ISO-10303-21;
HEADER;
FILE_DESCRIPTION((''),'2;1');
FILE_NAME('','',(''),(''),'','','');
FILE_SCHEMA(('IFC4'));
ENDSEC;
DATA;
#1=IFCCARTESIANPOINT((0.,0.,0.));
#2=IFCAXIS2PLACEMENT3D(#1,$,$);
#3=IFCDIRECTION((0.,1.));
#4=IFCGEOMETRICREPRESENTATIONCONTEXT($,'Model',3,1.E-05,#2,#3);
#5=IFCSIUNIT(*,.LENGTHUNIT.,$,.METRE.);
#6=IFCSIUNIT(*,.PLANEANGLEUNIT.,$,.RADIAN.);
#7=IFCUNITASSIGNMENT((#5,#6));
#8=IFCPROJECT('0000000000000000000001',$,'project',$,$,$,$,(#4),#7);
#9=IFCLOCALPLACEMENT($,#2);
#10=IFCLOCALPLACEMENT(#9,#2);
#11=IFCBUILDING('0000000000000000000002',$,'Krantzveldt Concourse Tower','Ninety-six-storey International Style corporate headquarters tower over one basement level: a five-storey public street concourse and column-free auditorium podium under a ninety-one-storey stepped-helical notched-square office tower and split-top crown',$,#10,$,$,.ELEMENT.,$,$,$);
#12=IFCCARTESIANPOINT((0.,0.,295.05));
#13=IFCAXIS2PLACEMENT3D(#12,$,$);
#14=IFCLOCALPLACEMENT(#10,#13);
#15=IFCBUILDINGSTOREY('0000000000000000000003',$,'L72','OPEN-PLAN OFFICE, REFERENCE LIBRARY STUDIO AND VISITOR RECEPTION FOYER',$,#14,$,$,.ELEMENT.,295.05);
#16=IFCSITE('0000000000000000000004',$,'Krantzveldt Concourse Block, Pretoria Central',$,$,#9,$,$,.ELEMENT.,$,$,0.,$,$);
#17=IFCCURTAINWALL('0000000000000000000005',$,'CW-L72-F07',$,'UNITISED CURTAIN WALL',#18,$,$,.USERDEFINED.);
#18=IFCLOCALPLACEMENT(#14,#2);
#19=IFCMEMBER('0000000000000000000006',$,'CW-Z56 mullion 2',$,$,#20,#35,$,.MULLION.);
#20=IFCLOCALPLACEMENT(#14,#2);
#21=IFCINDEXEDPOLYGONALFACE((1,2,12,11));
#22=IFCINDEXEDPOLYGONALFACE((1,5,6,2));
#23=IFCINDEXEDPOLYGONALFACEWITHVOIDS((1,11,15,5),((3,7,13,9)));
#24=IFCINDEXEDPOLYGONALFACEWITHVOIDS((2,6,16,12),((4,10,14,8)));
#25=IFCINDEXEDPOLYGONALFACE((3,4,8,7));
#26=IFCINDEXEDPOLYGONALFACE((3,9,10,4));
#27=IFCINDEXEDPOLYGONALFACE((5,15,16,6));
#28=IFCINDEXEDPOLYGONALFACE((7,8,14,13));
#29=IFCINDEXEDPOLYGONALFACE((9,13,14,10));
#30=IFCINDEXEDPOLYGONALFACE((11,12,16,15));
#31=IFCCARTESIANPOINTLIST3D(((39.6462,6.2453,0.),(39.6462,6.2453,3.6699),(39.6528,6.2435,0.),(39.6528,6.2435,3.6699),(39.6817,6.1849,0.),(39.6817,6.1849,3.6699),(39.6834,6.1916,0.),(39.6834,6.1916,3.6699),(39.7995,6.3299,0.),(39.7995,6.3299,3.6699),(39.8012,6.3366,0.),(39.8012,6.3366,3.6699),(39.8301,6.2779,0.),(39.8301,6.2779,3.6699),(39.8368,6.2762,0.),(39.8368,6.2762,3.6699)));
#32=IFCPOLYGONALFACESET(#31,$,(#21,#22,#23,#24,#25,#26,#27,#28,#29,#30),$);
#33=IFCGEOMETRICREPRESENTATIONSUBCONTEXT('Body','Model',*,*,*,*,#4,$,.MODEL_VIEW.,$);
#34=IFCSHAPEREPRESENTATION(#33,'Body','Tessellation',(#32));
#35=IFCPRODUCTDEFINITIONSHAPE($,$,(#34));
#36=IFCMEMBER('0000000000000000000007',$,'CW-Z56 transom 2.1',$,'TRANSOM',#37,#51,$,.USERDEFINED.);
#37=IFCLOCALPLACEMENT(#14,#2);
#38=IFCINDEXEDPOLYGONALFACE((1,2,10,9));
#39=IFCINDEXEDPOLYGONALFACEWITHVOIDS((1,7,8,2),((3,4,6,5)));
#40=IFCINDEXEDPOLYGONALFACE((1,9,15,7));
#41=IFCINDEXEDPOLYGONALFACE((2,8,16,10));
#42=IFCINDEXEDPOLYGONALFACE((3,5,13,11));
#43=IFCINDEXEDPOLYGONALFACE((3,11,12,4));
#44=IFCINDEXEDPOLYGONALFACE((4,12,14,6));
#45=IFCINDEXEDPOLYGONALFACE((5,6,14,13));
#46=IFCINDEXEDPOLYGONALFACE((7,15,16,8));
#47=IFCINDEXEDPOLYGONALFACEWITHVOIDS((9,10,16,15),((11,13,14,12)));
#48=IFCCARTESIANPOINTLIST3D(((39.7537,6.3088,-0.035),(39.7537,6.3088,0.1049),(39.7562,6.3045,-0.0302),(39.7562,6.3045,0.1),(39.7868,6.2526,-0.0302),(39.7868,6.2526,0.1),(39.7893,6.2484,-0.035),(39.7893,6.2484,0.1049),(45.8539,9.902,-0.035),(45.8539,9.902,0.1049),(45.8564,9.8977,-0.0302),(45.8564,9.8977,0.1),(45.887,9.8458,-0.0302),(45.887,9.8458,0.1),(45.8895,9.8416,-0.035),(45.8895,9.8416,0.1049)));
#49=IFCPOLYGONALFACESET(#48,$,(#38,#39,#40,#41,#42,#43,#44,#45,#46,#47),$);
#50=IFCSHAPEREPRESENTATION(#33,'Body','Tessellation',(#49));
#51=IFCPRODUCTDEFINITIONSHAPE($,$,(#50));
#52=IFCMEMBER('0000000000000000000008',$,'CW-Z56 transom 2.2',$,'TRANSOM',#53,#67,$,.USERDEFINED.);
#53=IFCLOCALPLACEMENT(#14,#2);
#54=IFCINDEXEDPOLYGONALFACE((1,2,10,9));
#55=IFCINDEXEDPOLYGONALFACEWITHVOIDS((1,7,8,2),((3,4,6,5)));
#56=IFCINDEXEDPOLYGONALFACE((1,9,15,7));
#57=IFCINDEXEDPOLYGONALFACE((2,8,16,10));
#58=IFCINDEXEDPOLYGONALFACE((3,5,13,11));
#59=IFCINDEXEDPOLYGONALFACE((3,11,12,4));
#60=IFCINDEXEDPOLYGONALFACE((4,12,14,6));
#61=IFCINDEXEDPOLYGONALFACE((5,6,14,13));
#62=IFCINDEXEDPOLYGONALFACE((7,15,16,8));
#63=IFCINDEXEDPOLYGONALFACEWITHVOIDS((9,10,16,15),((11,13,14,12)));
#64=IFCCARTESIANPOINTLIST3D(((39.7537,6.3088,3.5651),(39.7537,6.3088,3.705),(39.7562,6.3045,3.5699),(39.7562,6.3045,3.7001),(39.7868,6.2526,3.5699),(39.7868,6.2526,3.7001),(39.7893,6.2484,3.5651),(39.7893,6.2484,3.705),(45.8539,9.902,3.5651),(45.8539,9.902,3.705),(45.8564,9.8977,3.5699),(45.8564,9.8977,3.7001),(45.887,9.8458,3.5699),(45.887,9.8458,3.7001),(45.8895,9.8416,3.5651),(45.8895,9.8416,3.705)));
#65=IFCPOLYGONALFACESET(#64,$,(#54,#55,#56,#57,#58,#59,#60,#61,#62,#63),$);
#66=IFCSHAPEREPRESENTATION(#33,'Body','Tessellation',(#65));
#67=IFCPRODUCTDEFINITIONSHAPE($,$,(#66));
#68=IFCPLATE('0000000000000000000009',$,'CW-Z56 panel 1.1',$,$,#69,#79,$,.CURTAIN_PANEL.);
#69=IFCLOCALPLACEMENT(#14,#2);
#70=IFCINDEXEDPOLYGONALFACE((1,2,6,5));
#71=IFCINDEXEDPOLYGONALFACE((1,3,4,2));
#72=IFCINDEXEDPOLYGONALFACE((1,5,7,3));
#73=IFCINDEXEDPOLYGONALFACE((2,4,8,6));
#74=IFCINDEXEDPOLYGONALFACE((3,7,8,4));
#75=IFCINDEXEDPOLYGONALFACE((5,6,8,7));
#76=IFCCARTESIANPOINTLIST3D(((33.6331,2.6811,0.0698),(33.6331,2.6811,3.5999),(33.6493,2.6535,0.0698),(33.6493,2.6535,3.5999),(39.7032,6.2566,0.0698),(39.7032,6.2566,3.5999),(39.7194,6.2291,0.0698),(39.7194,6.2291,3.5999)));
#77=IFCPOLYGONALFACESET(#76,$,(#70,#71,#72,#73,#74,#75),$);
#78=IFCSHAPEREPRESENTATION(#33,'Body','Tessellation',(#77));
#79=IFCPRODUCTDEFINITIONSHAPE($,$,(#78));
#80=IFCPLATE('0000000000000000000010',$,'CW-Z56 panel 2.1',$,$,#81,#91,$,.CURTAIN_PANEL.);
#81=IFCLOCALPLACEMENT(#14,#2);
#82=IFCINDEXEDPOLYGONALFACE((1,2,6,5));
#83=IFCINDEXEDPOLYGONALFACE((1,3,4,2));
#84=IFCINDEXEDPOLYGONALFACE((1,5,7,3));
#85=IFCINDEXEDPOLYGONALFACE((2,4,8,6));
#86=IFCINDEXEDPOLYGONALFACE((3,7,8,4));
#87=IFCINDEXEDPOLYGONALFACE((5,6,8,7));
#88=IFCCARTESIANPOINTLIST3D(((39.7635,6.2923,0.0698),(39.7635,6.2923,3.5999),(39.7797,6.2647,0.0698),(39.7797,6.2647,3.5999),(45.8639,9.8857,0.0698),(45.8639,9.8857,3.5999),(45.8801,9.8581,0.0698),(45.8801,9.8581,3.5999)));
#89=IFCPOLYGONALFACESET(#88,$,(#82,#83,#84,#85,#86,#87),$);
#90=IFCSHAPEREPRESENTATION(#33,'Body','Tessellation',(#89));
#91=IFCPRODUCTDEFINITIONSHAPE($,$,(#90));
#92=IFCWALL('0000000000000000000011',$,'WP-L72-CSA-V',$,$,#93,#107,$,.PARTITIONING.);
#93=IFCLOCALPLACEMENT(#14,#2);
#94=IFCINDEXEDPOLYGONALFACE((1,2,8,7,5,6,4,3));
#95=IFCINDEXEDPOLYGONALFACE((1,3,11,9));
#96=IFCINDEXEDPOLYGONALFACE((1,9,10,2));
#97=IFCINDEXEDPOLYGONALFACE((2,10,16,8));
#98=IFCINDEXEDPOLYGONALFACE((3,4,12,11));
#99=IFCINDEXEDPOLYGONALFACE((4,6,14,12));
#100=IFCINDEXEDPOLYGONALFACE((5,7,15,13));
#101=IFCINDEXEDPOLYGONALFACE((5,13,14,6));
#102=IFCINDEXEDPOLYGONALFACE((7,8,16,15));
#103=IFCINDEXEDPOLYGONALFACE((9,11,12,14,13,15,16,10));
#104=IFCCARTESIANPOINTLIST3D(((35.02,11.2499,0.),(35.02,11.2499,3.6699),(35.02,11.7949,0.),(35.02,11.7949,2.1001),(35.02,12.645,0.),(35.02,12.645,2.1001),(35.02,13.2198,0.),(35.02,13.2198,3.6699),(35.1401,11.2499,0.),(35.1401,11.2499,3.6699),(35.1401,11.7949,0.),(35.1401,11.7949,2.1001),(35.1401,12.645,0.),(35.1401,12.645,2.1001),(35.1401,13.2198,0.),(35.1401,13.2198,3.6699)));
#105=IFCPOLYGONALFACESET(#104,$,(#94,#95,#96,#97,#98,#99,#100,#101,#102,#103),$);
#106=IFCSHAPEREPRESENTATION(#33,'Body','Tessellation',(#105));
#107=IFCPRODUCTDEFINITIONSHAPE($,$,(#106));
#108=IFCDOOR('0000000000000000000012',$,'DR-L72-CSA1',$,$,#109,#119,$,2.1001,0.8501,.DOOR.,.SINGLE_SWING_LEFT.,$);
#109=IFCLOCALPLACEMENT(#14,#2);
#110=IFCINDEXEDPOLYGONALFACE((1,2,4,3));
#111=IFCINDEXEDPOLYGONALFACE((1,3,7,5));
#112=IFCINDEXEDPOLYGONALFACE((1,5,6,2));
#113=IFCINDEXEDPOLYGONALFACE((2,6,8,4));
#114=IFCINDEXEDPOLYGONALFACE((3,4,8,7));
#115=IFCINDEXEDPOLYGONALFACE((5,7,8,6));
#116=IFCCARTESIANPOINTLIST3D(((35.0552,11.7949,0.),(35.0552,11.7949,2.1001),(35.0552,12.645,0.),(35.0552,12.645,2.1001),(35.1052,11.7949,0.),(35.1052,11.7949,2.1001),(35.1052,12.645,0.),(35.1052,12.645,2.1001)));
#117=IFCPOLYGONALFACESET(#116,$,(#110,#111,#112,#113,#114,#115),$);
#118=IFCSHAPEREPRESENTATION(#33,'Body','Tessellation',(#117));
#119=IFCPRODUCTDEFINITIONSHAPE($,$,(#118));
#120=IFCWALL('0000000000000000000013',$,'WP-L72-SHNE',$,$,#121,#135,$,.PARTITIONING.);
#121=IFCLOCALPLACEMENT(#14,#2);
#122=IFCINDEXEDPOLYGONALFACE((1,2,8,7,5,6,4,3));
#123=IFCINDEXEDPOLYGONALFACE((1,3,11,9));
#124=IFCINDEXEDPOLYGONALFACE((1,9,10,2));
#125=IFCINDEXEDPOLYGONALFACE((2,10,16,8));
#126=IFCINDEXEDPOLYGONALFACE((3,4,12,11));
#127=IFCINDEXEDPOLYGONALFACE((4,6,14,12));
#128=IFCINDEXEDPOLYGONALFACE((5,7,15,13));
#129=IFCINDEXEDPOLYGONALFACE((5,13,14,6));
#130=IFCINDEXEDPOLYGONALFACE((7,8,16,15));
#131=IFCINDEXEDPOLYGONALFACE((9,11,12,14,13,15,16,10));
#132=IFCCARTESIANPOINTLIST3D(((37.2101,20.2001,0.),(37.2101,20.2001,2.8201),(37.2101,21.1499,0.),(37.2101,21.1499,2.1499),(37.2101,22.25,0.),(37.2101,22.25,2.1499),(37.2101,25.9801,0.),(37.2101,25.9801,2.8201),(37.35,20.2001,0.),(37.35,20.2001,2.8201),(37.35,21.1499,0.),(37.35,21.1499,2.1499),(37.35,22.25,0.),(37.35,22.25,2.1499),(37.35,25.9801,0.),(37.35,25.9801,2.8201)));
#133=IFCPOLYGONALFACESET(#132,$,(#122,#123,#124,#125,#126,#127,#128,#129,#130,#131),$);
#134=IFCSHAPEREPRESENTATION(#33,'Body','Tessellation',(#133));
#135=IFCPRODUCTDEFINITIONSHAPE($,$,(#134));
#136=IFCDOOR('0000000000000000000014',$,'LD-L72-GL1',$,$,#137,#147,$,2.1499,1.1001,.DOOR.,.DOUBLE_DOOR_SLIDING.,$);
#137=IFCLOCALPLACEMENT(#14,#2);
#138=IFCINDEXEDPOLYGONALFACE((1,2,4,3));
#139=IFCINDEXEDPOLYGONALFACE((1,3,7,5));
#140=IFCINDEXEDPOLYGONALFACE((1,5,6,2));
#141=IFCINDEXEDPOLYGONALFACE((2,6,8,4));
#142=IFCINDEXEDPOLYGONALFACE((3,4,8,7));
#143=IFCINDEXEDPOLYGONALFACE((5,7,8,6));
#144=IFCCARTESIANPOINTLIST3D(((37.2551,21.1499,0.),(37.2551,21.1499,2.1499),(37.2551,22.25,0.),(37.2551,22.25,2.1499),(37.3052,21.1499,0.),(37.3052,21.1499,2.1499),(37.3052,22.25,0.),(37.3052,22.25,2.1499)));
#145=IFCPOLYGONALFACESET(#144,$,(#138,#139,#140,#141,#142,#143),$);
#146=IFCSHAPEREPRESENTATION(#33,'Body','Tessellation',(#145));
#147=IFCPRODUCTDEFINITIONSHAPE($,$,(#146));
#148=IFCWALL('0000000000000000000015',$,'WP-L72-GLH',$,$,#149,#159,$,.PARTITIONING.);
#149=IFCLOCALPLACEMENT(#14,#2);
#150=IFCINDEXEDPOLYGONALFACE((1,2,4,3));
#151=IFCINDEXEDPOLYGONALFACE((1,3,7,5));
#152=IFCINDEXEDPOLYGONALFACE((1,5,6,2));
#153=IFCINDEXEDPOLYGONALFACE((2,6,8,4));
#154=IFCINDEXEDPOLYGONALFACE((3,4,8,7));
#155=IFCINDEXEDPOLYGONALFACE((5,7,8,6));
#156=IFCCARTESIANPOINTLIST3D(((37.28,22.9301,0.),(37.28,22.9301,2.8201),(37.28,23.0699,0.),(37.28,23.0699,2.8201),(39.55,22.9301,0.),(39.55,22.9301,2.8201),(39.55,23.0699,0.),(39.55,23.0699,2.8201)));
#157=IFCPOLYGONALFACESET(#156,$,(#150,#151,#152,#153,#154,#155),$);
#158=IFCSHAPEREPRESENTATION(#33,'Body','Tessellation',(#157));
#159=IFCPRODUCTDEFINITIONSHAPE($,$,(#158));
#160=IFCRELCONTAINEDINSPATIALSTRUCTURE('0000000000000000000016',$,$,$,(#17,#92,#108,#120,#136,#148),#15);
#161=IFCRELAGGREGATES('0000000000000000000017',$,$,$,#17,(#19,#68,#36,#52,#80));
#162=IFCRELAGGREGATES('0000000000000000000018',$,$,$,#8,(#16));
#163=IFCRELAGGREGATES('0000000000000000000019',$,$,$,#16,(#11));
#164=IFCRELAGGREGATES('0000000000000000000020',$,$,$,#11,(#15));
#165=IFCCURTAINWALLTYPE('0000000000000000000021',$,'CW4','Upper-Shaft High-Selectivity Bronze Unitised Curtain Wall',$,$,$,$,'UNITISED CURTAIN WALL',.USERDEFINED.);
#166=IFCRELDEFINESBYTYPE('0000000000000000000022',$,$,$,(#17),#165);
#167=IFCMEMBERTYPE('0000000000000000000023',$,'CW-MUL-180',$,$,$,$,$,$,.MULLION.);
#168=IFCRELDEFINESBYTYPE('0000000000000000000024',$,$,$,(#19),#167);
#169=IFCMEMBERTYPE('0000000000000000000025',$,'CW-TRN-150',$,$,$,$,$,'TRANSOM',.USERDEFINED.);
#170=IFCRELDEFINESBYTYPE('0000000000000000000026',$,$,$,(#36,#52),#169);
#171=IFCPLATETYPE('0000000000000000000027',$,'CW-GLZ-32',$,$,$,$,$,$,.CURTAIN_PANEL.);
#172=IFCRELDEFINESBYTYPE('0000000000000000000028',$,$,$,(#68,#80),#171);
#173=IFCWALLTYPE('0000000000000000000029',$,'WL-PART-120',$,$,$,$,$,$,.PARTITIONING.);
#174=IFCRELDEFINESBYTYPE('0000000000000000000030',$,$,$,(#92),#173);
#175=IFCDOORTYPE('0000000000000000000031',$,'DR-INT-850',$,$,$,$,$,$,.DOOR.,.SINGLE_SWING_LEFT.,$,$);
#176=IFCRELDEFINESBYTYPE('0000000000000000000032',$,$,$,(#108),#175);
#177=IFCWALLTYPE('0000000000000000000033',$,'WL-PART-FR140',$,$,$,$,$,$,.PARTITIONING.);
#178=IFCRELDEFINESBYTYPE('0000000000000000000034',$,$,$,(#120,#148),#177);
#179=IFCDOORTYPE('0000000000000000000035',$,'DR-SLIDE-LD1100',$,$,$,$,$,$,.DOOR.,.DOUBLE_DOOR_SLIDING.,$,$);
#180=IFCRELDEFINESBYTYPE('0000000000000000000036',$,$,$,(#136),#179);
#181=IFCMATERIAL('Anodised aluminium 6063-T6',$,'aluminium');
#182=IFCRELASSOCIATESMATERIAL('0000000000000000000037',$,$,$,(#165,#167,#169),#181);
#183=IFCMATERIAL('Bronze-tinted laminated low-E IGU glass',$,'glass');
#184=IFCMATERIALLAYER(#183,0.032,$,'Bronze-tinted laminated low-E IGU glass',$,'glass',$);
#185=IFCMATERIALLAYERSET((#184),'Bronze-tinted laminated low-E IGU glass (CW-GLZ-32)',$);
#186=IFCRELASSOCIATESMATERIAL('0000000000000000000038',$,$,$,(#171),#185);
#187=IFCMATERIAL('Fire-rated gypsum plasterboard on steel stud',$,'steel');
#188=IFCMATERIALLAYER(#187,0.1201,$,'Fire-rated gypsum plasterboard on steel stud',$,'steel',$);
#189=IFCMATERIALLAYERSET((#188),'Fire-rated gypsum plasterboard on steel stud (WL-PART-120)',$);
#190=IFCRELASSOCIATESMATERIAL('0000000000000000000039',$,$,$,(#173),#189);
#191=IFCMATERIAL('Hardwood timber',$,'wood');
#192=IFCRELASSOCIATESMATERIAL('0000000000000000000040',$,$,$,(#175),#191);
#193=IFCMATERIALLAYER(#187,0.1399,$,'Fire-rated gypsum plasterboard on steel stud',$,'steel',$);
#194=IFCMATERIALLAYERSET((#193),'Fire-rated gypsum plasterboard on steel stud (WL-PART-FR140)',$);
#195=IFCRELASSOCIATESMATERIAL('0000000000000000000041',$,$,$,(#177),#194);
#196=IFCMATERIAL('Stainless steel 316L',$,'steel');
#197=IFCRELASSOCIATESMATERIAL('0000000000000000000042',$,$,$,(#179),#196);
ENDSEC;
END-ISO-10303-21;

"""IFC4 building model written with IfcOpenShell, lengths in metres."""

from ifc_helpers import new_model, si_unit, direction, frame, frame_2d, origin, origin_2d, place, context, subcontext, project, spatial, rectangle, hollow_rectangle, extrude, source, transform, mapped, material, layer, layer_set, material_profile, profile_set, type_object, type_shapes, element, fill, aggregate, save


model = new_model("IFC4")

# Units and contexts
model_context = context("Model", 3, precision=1e-05, world=origin(), true_north=direction((0.0, 1.0)))
body_context = subcontext(model_context, "Body", "Model", "MODEL_VIEW")
ifc_project = project(units=[si_unit("LENGTHUNIT", "METRE"), si_unit("PLANEANGLEUNIT", "RADIAN")], contexts=[model_context])

# Site, building, storey
site_placement = place(None, origin())
site = spatial("IfcSite", under=ifc_project, at=site_placement, Name="Krantzveldt Concourse Block, Pretoria Central", CompositionType="ELEMENT", RefElevation=0.0)
building_placement = place(site_placement, origin())
building = spatial("IfcBuilding", under=site, at=building_placement, Name="Krantzveldt Concourse Tower", Description="Ninety-six-storey International Style corporate headquarters tower over one basement level: a five-storey public street concourse and column-free auditorium podium under a ninety-one-storey stepped-helical notched-square office tower and split-top crown", CompositionType="ELEMENT")
storey_placement = place(building_placement, frame((0.0, 0.0, 295.05)))
storey = spatial("IfcBuildingStorey", under=building, at=storey_placement, Name="L72", Description="OPEN-PLAN OFFICE, REFERENCE LIBRARY STUDIO AND VISITOR RECEPTION FOYER", CompositionType="ELEMENT", Elevation=295.05)

# Curtain wall, members, plates
ifc_material_1 = material(Name="Anodised aluminium 6063-T6", Category="aluminium")
curtain_wall_type = type_object("IfcCurtainWallType", Name="CW4", Description="Upper-Shaft High-Selectivity Bronze Unitised Curtain Wall", ElementType="UNITISED CURTAIN WALL", PredefinedType="USERDEFINED", material=ifc_material_1)
curtain_wall_placement = place(storey_placement, origin())
curtain_wall = element("IfcCurtainWall", 1, at=curtain_wall_placement, inside=storey, type_object=curtain_wall_type, Name="CW-L72-F07", ObjectType="UNITISED CURTAIN WALL", PredefinedType="USERDEFINED")
ifc_material_profile_1 = material_profile(ifc_material_1, hollow_rectangle(XDim=0.0701, YDim=0.1799, WallThickness=0.0049, at=origin_2d()), Name="Anodised aluminium 6063-T6", Category="aluminium")
ifc_profile_set_1 = profile_set([ifc_material_profile_1], Name="Anodised aluminium 6063-T6 - ALU-MULL 180x70x5")
member_type_1 = type_object("IfcMemberType", Name="CW-MUL-180", PredefinedType="MULLION", material=ifc_profile_set_1)
shared_shape_1 = source(origin(), body_context, "Body", "SweptSolid", [
    extrude(hollow_rectangle(XDim=0.0701, YDim=0.1799, WallThickness=0.0049, at=origin_2d()), origin(), (0.0, 0.0, 1.0), 3.6699),
])
type_shapes(member_type_1, [shared_shape_1])
member_1_placement = place(storey_placement, frame((39.7415, 6.2607, 0.0), z_axis=(0.0, 0.0, 1.0), x_axis=(-0.507538, 0.861629, 0.0)))
member_1 = element("IfcMember", 2, at=member_1_placement, type_object=member_type_1, Name="CW-Z56 mullion 2", PredefinedType="MULLION", context=body_context, shape_type="MappedRepresentation", body=[
    mapped(shared_shape_1, transform((0.0, 0.0, 0.0), x_axis=(1.0, 0.0, 0.0), y_axis=(0.0, 1.0, 0.0), z_axis=(0.0, 0.0, 1.0), scale=1.0)),
])
ifc_material_profile_2 = material_profile(ifc_material_1, hollow_rectangle(XDim=0.0701, YDim=0.1399, WallThickness=0.0049, at=origin_2d()), Name="Anodised aluminium 6063-T6", Category="aluminium")
ifc_profile_set_2 = profile_set([ifc_material_profile_2], Name="Anodised aluminium 6063-T6 - ALU-TRAN 140x70x5")
member_type_2 = type_object("IfcMemberType", Name="CW-TRN-150", ElementType="TRANSOM", PredefinedType="USERDEFINED", material=ifc_profile_set_2)
shared_shape_2 = source(origin(), body_context, "Body", "SweptSolid", [
    extrude(hollow_rectangle(XDim=0.0701, YDim=0.1399, WallThickness=0.0049, at=origin_2d()), origin(), (0.0, 0.0, 1.0), 7.0798),
])
type_shapes(member_type_2, [shared_shape_2])
member_2_placement = place(storey_placement, frame((39.7715, 6.2786, 0.0349), z_axis=(0.861636, 0.507526, 0.0), x_axis=(-0.507526, 0.861636, 0.0)))
member_2 = element("IfcMember", 3, at=member_2_placement, type_object=member_type_2, Name="CW-Z56 transom 2.1", ObjectType="TRANSOM", PredefinedType="USERDEFINED", context=body_context, shape_type="MappedRepresentation", body=[
    mapped(shared_shape_2, transform((0.0, 0.0, 0.0), x_axis=(1.0, 0.0, 0.0), y_axis=(0.0, 1.0, 0.0), z_axis=(0.0, 0.0, 1.0), scale=1.0)),
])
member_3_placement = place(storey_placement, frame((39.7715, 6.2786, 3.635), z_axis=(0.861636, 0.507526, 0.0), x_axis=(-0.507526, 0.861636, 0.0)))
member_3 = element("IfcMember", 4, at=member_3_placement, type_object=member_type_2, Name="CW-Z56 transom 2.2", ObjectType="TRANSOM", PredefinedType="USERDEFINED", context=body_context, shape_type="MappedRepresentation", body=[
    mapped(shared_shape_2, transform((0.0, 0.0, 0.0), x_axis=(1.0, 0.0, 0.0), y_axis=(0.0, 1.0, 0.0), z_axis=(0.0, 0.0, 1.0), scale=1.0)),
])
ifc_material_2 = material(Name="Bronze-tinted laminated low-E IGU glass", Category="glass")
ifc_layer_1 = layer(ifc_material_2, 0.032, Name="Bronze-tinted laminated low-E IGU glass", Category="glass")
ifc_layer_set_1 = layer_set([ifc_layer_1], Name="Bronze-tinted laminated low-E IGU glass (CW-GLZ-32)")
plate_type = type_object("IfcPlateType", Name="CW-GLZ-32", PredefinedType="CURTAIN_PANEL", material=ifc_layer_set_1)
shared_shape_3 = source(origin(), body_context, "Body", "SweptSolid", [
    extrude(rectangle(XDim=7.0449, YDim=0.032, at=origin_2d()), origin(), (0.0, 0.0, 1.0), 3.53),
])
plate_1_placement = place(storey_placement, frame((36.6763, 4.4551, 0.0698), z_axis=(0.0, 0.0, 1.0), x_axis=(0.861629, 0.507538, 0.0)))
plate_1 = element("IfcPlate", 5, at=plate_1_placement, type_object=plate_type, Name="CW-Z56 panel 1.1", PredefinedType="CURTAIN_PANEL", context=body_context, shape_type="MappedRepresentation", body=[
    mapped(shared_shape_3, transform((0.0, 0.0, 0.0), x_axis=(1.0, 0.0, 0.0), y_axis=(0.0, 1.0, 0.0), z_axis=(0.0, 0.0, 1.0), scale=1.0)),
])
shared_shape_4 = source(origin(), body_context, "Body", "SweptSolid", [
    extrude(rectangle(XDim=7.0801, YDim=0.032, at=origin_2d()), origin(), (0.0, 0.0, 1.0), 3.53),
])
type_shapes(plate_type, [shared_shape_3, shared_shape_4])
plate_2_placement = place(storey_placement, frame((42.8218, 8.0752, 0.0698), z_axis=(0.0, 0.0, 1.0), x_axis=(0.861629, 0.507538, 0.0)))
plate_2 = element("IfcPlate", 6, at=plate_2_placement, type_object=plate_type, Name="CW-Z56 panel 2.1", PredefinedType="CURTAIN_PANEL", context=body_context, shape_type="MappedRepresentation", body=[
    mapped(shared_shape_4, transform((0.0, 0.0, 0.0), x_axis=(1.0, 0.0, 0.0), y_axis=(0.0, 1.0, 0.0), z_axis=(0.0, 0.0, 1.0), scale=1.0)),
])
aggregate(curtain_wall, [member_1, plate_1, member_2, member_3, plate_2])

# Walls, openings, doors
ifc_material_3 = material(Name="Fire-rated gypsum plasterboard on steel stud", Category="steel")
ifc_layer_2 = layer(ifc_material_3, 0.1201, Name="Fire-rated gypsum plasterboard on steel stud", Category="steel")
ifc_layer_set_2 = layer_set([ifc_layer_2], Name="Fire-rated gypsum plasterboard on steel stud (WL-PART-120)")
wall_type_1 = type_object("IfcWallType", Name="WL-PART-120", PredefinedType="PARTITIONING", material=ifc_layer_set_2)
wall_1_placement = place(storey_placement, frame((35.0801, 11.25, 0.0), z_axis=(0.0, 0.0, 1.0), x_axis=(0.0, 1.0, 0.0)))
wall_1 = element("IfcWall", 7, at=wall_1_placement, inside=storey, type_object=wall_type_1, Name="WP-L72-CSA-V", PredefinedType="PARTITIONING", context=body_context, shape_type="SweptSolid", body=[
    extrude(rectangle(XDim=1.97, YDim=0.1201, at=frame_2d((0.9849, 0.0))), origin(), (0.0, 0.0, 1.0), 3.6699),
])
opening_1_placement = place(wall_1_placement, frame((0.5449, 0.0, 0.0)))
opening_1 = element("IfcOpeningElement", 8, at=opening_1_placement, cuts=wall_1, PredefinedType="OPENING", context=body_context, shape_type="SweptSolid", body=[
    extrude(rectangle(XDim=0.8501, YDim=2.1001, at=frame_2d((0.425, 1.05))), frame((0.0, 0.0701, 0.0), z_axis=(0.0, -1.0, 0.0), x_axis=(1.0, 0.0, 0.0)), (0.0, 0.0, 1.0), 0.1401),
])
ifc_material_4 = material(Name="Hardwood timber", Category="wood")
door_type_1 = type_object("IfcDoorType", Name="DR-INT-850", OperationType="SINGLE_SWING_LEFT", PredefinedType="DOOR", material=ifc_material_4)
door_1_placement = place(opening_1_placement, origin())
door_1 = element("IfcDoor", 9, at=door_1_placement, inside=storey, type_object=door_type_1, Name="DR-L72-CSA1", OperationType="SINGLE_SWING_LEFT", OverallHeight=2.1001, OverallWidth=0.8501, PredefinedType="DOOR", context=body_context, shape_type="SweptSolid", body=[
    extrude(rectangle(XDim=0.8501, YDim=2.1001, at=frame_2d((0.425, 1.05))), frame((0.0, 0.0249, 0.0), z_axis=(0.0, -1.0, 0.0), x_axis=(1.0, 0.0, 0.0)), (0.0, 0.0, 1.0), 0.05),
])
fill(opening_1, door_1)
ifc_layer_3 = layer(ifc_material_3, 0.1399, Name="Fire-rated gypsum plasterboard on steel stud", Category="steel")
ifc_layer_set_3 = layer_set([ifc_layer_3], Name="Fire-rated gypsum plasterboard on steel stud (WL-PART-FR140)")
wall_type_2 = type_object("IfcWallType", Name="WL-PART-FR140", PredefinedType="PARTITIONING", material=ifc_layer_set_3)
wall_2_placement = place(storey_placement, frame((37.28, 20.2, 0.0), z_axis=(0.0, 0.0, 1.0), x_axis=(0.0, 1.0, 0.0)))
wall_2 = element("IfcWall", 10, at=wall_2_placement, inside=storey, type_object=wall_type_2, Name="WP-L72-SHNE", PredefinedType="PARTITIONING", context=body_context, shape_type="SweptSolid", body=[
    extrude(rectangle(XDim=5.78, YDim=0.1399, at=frame_2d((2.8901, 0.0))), origin(), (0.0, 0.0, 1.0), 2.8201),
])
opening_2_placement = place(wall_2_placement, frame((0.95, 0.0, 0.0)))
opening_2 = element("IfcOpeningElement", 11, at=opening_2_placement, cuts=wall_2, PredefinedType="OPENING", context=body_context, shape_type="SweptSolid", body=[
    extrude(rectangle(XDim=1.1001, YDim=2.1499, at=frame_2d((0.55, 1.075))), frame((0.0, 0.0801, 0.0), z_axis=(0.0, -1.0, 0.0), x_axis=(1.0, 0.0, 0.0)), (0.0, 0.0, 1.0), 0.1599),
])
ifc_material_5 = material(Name="Stainless steel 316L", Category="steel")
door_type_2 = type_object("IfcDoorType", Name="DR-SLIDE-LD1100", OperationType="DOUBLE_DOOR_SLIDING", PredefinedType="DOOR", material=ifc_material_5)
door_2_placement = place(opening_2_placement, origin())
door_2 = element("IfcDoor", 12, at=door_2_placement, inside=storey, type_object=door_type_2, Name="LD-L72-GL1", OperationType="DOUBLE_DOOR_SLIDING", OverallHeight=2.1499, OverallWidth=1.1001, PredefinedType="DOOR", context=body_context, shape_type="SweptSolid", body=[
    extrude(rectangle(XDim=1.1001, YDim=2.1499, at=frame_2d((0.55, 1.075))), frame((0.0, 0.0249, 0.0), z_axis=(0.0, -1.0, 0.0), x_axis=(1.0, 0.0, 0.0)), (0.0, 0.0, 1.0), 0.05),
])
fill(opening_2, door_2)

# Wall
wall_3_placement = place(storey_placement, frame((37.28, 23.0, 0.0), z_axis=(0.0, 0.0, 1.0), x_axis=(1.0, 0.0, 0.0)))
element("IfcWall", 13, at=wall_3_placement, inside=storey, type_object=wall_type_2, Name="WP-L72-GLH", PredefinedType="PARTITIONING", context=body_context, shape_type="SweptSolid", body=[
    extrude(rectangle(XDim=2.27, YDim=0.1399, at=frame_2d((1.135, 0.0))), origin(), (0.0, 0.0, 1.0), 2.8201),
])

save(model, "model.ifc")
